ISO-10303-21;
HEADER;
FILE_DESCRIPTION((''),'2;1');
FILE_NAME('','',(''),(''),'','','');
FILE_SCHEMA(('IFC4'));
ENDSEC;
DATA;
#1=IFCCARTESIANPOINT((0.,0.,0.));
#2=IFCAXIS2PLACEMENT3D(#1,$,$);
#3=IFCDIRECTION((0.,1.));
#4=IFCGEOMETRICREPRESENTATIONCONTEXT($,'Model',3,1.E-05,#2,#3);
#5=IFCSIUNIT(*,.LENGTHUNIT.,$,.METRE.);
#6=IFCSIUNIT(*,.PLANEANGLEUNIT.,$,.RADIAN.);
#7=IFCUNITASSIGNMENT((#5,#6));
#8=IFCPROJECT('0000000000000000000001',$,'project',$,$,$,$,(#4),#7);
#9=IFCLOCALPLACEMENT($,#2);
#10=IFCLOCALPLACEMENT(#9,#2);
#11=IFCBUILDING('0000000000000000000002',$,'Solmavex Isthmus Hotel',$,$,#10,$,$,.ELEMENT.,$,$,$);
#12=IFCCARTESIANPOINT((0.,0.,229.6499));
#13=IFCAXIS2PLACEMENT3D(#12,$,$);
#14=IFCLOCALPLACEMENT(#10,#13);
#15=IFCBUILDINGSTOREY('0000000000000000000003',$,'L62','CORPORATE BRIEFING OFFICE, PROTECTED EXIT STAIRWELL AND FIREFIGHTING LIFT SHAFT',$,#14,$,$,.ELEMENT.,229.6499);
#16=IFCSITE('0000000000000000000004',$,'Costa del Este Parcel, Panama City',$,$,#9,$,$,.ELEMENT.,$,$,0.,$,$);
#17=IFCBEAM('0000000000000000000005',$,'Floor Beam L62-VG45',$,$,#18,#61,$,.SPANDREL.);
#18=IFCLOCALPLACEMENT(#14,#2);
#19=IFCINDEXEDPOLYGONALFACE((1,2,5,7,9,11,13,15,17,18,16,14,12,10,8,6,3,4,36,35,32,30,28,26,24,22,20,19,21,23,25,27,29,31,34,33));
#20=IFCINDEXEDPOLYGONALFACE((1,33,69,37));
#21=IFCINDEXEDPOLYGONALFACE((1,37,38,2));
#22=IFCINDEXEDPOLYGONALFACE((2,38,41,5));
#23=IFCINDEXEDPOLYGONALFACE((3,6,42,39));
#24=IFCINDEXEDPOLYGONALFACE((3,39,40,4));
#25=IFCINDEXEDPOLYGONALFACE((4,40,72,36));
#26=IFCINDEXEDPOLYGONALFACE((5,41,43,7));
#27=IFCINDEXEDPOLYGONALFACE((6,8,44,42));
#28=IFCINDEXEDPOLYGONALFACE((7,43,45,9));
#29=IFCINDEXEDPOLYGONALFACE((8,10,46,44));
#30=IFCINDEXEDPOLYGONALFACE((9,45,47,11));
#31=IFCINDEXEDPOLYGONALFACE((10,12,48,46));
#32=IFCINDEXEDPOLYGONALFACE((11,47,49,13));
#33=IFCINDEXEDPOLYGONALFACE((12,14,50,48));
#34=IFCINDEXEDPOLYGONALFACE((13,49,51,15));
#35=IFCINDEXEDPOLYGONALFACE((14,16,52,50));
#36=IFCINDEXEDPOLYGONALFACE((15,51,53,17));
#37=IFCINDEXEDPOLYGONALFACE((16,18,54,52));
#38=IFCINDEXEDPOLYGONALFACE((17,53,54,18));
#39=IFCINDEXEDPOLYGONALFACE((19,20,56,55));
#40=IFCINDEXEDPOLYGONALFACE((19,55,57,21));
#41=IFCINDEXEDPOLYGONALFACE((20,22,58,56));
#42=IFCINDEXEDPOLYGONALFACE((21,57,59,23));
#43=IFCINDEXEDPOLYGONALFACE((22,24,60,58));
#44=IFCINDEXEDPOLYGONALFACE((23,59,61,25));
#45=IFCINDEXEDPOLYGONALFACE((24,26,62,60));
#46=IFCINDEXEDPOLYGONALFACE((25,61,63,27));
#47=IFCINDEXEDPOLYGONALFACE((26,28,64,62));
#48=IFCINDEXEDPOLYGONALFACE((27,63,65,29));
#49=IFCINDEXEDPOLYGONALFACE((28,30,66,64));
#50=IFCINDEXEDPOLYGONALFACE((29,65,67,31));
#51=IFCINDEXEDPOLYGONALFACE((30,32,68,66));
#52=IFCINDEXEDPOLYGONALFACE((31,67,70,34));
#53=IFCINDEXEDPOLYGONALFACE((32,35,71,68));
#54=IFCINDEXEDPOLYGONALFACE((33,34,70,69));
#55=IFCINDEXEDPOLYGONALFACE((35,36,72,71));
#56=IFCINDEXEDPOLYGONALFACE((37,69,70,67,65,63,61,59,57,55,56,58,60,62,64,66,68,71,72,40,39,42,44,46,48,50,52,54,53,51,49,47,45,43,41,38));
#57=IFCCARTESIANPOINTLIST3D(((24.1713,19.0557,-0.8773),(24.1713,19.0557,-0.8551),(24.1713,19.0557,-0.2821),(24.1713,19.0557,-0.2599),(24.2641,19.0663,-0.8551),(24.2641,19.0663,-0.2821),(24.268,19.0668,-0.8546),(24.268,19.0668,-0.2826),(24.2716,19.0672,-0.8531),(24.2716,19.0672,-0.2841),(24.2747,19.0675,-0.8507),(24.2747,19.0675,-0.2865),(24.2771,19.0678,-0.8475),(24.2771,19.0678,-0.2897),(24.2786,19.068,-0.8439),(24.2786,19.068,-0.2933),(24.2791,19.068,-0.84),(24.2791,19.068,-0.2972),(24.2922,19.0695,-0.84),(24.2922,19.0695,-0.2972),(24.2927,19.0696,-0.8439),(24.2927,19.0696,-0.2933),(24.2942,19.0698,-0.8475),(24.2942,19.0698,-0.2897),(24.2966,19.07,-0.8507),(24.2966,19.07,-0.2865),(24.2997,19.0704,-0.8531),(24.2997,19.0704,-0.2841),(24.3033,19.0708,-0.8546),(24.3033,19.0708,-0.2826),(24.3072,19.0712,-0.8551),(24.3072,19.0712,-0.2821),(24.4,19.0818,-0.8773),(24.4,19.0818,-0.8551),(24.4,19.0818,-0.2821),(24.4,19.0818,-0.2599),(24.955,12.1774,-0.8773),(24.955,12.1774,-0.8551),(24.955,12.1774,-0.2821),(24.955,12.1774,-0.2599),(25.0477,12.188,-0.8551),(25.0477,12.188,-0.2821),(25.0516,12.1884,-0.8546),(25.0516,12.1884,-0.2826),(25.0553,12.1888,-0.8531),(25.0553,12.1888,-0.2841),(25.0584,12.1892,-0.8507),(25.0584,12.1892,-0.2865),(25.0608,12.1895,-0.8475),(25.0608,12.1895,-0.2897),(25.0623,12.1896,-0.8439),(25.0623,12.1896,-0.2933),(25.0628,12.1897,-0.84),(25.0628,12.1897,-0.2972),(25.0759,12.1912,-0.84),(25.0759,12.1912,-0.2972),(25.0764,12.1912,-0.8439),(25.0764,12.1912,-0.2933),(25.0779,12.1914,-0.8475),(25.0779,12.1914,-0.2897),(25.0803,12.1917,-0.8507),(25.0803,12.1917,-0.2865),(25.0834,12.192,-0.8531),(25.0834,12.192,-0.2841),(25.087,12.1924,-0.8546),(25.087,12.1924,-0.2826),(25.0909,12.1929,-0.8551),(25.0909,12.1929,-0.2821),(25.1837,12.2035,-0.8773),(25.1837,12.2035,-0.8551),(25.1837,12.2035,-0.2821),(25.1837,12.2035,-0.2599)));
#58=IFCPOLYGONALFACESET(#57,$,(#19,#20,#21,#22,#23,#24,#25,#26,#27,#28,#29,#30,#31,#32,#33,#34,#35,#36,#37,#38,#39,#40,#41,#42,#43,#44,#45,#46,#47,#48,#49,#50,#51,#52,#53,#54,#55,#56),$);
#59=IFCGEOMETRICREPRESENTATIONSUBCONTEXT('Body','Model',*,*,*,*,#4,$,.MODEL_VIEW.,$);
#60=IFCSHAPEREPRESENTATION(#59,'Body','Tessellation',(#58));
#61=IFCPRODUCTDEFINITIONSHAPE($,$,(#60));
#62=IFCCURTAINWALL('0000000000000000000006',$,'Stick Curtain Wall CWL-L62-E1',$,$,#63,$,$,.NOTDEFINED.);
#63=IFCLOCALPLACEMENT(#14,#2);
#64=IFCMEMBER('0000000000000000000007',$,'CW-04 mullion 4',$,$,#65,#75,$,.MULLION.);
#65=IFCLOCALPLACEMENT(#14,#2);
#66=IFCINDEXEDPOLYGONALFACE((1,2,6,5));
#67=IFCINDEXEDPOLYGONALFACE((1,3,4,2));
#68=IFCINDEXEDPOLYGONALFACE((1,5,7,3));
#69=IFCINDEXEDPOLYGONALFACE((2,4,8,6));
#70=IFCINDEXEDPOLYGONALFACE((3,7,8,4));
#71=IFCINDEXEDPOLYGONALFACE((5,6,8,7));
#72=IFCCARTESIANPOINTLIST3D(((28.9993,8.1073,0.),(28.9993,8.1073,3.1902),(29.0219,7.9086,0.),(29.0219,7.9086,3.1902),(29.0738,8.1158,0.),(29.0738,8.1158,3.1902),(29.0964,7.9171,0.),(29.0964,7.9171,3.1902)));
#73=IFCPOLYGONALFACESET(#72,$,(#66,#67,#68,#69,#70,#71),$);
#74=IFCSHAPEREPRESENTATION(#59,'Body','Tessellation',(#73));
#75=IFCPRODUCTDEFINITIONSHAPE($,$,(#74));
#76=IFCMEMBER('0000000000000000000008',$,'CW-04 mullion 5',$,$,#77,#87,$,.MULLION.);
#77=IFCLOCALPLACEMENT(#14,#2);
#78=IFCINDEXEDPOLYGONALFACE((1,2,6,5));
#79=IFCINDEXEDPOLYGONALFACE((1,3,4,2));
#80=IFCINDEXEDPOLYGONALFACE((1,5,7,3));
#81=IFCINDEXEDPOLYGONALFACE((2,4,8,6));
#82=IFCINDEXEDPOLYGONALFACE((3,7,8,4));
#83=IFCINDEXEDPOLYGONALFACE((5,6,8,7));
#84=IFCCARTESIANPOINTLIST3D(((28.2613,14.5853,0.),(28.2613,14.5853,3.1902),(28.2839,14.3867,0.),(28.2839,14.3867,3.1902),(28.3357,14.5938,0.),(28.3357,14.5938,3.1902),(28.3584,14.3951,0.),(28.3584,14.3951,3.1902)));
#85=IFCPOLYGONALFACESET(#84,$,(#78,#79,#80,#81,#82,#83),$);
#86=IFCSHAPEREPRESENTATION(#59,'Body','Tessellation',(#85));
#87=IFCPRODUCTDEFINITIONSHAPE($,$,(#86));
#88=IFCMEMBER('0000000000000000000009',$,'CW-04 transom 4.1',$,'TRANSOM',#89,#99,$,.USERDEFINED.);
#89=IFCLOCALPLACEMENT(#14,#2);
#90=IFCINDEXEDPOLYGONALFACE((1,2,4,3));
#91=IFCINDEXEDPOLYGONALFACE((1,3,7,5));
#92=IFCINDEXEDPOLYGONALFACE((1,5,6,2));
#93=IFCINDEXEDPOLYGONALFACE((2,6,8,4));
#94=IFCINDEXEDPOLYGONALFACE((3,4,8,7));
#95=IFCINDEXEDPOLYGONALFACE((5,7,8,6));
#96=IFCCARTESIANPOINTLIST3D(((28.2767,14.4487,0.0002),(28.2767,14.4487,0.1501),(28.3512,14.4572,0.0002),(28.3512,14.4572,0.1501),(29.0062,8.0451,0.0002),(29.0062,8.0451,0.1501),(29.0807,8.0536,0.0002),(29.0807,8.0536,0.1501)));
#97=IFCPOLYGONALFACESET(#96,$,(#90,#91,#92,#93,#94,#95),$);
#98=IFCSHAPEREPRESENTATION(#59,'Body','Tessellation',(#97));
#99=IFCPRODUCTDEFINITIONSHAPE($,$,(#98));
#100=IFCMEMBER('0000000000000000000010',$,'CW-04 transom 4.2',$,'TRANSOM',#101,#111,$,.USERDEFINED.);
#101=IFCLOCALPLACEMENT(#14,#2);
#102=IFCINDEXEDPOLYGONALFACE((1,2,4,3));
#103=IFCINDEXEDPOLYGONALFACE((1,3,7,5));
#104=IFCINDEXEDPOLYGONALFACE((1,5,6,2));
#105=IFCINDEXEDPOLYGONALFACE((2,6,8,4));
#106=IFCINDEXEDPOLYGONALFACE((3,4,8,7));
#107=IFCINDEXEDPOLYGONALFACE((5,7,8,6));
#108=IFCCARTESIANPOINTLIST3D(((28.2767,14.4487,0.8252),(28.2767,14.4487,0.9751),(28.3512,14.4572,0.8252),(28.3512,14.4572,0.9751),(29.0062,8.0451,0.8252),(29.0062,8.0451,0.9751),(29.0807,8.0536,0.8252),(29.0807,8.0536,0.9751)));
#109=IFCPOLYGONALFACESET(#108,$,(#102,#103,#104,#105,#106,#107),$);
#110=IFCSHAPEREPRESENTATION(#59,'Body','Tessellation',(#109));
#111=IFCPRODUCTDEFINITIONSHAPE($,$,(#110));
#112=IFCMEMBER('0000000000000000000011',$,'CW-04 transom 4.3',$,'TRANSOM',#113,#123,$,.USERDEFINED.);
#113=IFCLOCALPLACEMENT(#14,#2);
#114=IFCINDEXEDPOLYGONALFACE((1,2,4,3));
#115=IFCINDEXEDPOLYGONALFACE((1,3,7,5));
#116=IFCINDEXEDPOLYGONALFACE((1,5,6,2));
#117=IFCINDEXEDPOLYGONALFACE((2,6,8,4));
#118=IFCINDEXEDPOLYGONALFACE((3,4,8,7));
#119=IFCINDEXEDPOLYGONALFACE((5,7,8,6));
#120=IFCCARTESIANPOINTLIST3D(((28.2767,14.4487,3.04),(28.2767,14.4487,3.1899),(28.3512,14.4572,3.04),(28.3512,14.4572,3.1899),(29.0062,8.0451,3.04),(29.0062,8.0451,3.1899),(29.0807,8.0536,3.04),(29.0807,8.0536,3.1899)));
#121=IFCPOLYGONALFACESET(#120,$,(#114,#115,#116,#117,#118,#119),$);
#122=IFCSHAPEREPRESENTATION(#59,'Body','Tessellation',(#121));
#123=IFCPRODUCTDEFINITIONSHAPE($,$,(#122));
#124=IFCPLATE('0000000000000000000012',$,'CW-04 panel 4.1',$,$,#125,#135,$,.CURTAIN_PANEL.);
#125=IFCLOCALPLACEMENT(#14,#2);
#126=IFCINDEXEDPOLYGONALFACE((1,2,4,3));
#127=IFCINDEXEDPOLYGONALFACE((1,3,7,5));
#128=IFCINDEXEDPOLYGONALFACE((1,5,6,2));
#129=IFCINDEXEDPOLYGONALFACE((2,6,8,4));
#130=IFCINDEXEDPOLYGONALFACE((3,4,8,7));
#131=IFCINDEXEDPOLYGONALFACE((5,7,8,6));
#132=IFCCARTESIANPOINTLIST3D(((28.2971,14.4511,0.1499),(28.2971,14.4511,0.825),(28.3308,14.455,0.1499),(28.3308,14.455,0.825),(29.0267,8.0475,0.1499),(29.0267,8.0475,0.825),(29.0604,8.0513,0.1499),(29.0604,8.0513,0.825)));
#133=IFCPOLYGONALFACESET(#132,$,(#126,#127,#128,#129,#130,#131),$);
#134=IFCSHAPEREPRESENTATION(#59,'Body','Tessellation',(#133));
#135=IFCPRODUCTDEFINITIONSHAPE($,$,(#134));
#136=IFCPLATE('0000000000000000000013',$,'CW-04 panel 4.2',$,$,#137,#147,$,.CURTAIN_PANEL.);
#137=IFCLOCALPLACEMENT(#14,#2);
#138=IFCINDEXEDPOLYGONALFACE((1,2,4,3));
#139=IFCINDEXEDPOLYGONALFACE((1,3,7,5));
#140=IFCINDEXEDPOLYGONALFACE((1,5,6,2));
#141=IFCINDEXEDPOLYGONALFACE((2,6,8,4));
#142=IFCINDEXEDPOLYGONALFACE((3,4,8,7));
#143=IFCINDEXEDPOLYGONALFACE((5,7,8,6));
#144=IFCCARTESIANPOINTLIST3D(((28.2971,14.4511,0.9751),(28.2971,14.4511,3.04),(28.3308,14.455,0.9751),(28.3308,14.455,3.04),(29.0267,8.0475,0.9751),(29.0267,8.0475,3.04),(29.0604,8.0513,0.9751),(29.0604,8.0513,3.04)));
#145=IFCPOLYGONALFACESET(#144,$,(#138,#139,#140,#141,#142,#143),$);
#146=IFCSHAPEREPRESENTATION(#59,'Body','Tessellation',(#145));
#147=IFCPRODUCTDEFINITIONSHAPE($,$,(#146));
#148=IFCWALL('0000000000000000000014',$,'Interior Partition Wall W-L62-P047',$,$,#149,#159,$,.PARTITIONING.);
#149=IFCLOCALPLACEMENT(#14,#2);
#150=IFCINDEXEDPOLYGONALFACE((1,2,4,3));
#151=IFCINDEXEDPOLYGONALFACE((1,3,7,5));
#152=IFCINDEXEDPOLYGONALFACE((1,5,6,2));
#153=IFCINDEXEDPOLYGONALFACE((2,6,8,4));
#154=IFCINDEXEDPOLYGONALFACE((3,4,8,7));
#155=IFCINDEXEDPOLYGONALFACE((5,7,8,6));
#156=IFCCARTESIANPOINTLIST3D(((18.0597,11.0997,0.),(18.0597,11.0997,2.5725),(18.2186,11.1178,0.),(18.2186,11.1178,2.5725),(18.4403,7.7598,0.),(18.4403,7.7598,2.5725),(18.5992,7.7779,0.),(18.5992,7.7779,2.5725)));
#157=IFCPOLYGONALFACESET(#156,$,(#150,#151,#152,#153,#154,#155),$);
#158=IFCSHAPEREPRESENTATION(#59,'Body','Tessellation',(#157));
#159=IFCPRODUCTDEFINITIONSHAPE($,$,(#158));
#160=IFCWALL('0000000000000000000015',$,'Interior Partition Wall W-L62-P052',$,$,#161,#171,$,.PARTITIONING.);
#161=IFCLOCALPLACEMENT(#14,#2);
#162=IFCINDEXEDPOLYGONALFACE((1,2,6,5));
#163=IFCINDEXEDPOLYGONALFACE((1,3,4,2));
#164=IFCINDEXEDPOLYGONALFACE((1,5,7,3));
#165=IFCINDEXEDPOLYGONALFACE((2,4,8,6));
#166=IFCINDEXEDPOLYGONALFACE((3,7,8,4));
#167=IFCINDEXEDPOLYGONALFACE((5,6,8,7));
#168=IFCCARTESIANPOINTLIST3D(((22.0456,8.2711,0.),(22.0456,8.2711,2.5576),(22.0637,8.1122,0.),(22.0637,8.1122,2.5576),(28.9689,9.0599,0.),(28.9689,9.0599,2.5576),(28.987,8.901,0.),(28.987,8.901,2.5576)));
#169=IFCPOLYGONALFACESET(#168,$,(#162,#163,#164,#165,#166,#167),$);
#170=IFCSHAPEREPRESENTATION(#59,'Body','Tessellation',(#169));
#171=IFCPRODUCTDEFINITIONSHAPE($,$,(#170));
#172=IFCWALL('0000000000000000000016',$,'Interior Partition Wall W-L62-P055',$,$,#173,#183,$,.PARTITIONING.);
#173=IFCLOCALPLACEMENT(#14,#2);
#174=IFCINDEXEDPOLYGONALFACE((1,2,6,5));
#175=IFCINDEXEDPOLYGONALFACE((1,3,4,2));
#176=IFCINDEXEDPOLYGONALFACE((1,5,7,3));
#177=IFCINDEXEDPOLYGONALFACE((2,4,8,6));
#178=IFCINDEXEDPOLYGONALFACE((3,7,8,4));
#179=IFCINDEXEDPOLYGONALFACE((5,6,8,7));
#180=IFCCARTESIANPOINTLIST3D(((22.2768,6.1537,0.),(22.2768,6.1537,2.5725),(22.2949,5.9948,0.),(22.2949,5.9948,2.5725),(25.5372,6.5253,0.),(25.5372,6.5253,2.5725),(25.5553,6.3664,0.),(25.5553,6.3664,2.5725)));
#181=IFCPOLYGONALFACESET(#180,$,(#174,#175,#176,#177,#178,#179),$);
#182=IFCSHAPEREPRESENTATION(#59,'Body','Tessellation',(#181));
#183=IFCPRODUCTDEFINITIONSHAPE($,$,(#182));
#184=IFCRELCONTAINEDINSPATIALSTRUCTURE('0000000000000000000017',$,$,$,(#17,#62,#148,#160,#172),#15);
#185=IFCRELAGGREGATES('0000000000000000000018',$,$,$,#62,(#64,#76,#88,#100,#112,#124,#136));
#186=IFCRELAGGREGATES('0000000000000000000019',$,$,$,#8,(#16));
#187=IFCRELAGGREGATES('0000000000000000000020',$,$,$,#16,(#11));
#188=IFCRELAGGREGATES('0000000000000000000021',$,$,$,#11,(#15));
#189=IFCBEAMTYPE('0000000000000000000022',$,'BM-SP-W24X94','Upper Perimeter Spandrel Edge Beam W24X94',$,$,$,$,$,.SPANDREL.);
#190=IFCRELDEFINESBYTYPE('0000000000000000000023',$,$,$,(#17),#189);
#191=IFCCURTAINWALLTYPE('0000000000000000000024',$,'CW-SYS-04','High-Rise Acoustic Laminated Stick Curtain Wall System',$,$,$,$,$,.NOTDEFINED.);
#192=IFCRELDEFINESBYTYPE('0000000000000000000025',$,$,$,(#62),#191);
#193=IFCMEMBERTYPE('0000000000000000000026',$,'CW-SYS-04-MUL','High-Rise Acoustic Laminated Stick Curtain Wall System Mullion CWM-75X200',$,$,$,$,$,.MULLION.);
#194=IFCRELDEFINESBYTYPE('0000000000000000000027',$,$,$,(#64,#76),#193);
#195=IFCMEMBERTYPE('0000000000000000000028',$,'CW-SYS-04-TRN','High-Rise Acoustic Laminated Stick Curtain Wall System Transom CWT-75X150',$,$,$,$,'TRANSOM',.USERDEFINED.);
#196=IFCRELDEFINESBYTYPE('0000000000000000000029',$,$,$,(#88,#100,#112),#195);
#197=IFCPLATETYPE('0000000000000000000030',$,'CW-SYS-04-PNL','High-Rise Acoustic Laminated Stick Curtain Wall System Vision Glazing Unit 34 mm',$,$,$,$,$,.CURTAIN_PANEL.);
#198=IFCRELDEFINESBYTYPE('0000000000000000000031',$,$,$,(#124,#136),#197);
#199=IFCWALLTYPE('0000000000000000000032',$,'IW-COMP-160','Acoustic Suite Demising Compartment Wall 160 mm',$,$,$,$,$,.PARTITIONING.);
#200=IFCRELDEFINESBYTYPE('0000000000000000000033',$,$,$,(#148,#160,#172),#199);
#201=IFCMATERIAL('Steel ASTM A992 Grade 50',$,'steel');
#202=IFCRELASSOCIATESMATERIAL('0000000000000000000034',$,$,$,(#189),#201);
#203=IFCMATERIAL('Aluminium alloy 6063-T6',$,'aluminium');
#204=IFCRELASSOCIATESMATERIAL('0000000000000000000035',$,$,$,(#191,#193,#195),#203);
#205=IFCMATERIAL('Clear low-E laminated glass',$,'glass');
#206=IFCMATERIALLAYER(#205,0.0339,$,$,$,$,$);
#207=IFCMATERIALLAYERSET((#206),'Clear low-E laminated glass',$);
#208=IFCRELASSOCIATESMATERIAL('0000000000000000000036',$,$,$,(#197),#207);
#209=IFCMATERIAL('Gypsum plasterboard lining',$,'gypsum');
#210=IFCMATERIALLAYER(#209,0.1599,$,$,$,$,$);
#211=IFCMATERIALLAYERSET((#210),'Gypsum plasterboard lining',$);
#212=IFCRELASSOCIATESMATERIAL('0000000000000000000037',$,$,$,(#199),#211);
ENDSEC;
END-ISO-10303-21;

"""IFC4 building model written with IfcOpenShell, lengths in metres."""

from ifc_helpers import new_model, si_unit, direction, frame, frame_2d, origin, origin_2d, place, context, subcontext, project, spatial, rectangle, i_section, extrude, material, layer, layer_set, material_profile, profile_set, type_object, element, aggregate, save


model = new_model("IFC4")

# Units and contexts
model_context = context("Model", 3, precision=1e-05, world=origin(), true_north=direction((0.0, 1.0)))
body_context = subcontext(model_context, "Body", "Model", "MODEL_VIEW")
ifc_project = project(units=[si_unit("LENGTHUNIT", "METRE"), si_unit("PLANEANGLEUNIT", "RADIAN")], contexts=[model_context])

# Site, building, storey
site_placement = place(None, origin())
site = spatial("IfcSite", under=ifc_project, at=site_placement, Name="Costa del Este Parcel, Panama City", CompositionType="ELEMENT", RefElevation=0.0)
building_placement = place(site_placement, origin())
building = spatial("IfcBuilding", under=site, at=building_placement, Name="Solmavex Isthmus Hotel", CompositionType="ELEMENT")
storey_placement = place(building_placement, frame((0.0, 0.0, 229.6499)))
storey = spatial("IfcBuildingStorey", under=building, at=storey_placement, Name="L62", Description="CORPORATE BRIEFING OFFICE, PROTECTED EXIT STAIRWELL AND FIREFIGHTING LIFT SHAFT", CompositionType="ELEMENT", Elevation=229.6499)

# Beam
ifc_material_1 = material(Name="Steel ASTM A992 Grade 50", Category="steel")
ifc_material_profile_1 = material_profile(ifc_material_1, i_section(OverallWidth=0.2302, OverallDepth=0.6174, WebThickness=0.0132, FlangeThickness=0.0222, FilletRadius=0.0151, at=origin_2d()), Name="W24X94")
ifc_profile_set_1 = profile_set([ifc_material_profile_1], Name="Steel ASTM A992 Grade 50")
beam_type_1 = type_object("IfcBeamType", Name="BM-SP-W24X94", Description="Upper Perimeter Spandrel Edge Beam W24X94", PredefinedType="SPANDREL", material=ifc_profile_set_1)
beam_1_placement = place(storey_placement, frame((25.0693, 12.1904, -0.5686), z_axis=(-0.113202, 0.993572, 0.0), x_axis=(-0.993572, -0.113202, 0.0)))
element("IfcBeam", 1, at=beam_1_placement, inside=storey, type_object=beam_type_1, Name="Floor Beam L62-VG45", PredefinedType="SPANDREL", context=body_context, shape_type="SweptSolid", body=[
    extrude(i_section(OverallWidth=0.2302, OverallDepth=0.6174, WebThickness=0.0132, FlangeThickness=0.0222, FilletRadius=0.0151, at=origin_2d()), origin(), (0.0, 0.0, 1.0), 6.9229),
])

# Curtain wall, members, plates
ifc_material_2 = material(Name="Aluminium alloy 6063-T6", Category="aluminium")
curtain_wall_type = type_object("IfcCurtainWallType", Name="CW-SYS-04", Description="High-Rise Acoustic Laminated Stick Curtain Wall System", PredefinedType="NOTDEFINED", material=ifc_material_2)
curtain_wall_placement = place(storey_placement, origin())
curtain_wall = element("IfcCurtainWall", 2, at=curtain_wall_placement, inside=storey, type_object=curtain_wall_type, Name="Stick Curtain Wall CWL-L62-E1", PredefinedType="NOTDEFINED")
ifc_material_profile_2 = material_profile(ifc_material_2, rectangle(XDim=0.075, YDim=0.2, at=origin_2d()), Name="CWM-75X200")
ifc_profile_set_2 = profile_set([ifc_material_profile_2], Name="Aluminium alloy 6063-T6")
member_type_1 = type_object("IfcMemberType", Name="CW-SYS-04-MUL", Description="High-Rise Acoustic Laminated Stick Curtain Wall System Mullion CWM-75X200", PredefinedType="MULLION", material=ifc_profile_set_2)
member_1_placement = place(storey_placement, frame((29.0479, 8.0122, 0.0), z_axis=(0.0, 0.0, 1.0), x_axis=(-0.993572, -0.113203, 0.0)))
member_1 = element("IfcMember", 3, at=member_1_placement, type_object=member_type_1, Name="CW-04 mullion 4", PredefinedType="MULLION", context=body_context, shape_type="SweptSolid", body=[
    extrude(rectangle(XDim=0.075, YDim=0.2, at=origin_2d()), origin(), (0.0, 0.0, 1.0), 3.1902),
])
member_2_placement = place(storey_placement, frame((28.3098, 14.4902, 0.0), z_axis=(0.0, 0.0, 1.0), x_axis=(-0.993572, -0.113203, 0.0)))
member_2 = element("IfcMember", 4, at=member_2_placement, type_object=member_type_1, Name="CW-04 mullion 5", PredefinedType="MULLION", context=body_context, shape_type="SweptSolid", body=[
    extrude(rectangle(XDim=0.075, YDim=0.2, at=origin_2d()), origin(), (0.0, 0.0, 1.0), 3.1902),
])
ifc_material_profile_3 = material_profile(ifc_material_2, rectangle(XDim=0.075, YDim=0.1499, at=origin_2d()), Name="CWT-75X150")
ifc_profile_set_3 = profile_set([ifc_material_profile_3], Name="Aluminium alloy 6063-T6")
member_type_2 = type_object("IfcMemberType", Name="CW-SYS-04-TRN", Description="High-Rise Acoustic Laminated Stick Curtain Wall System Transom CWT-75X150", ElementType="TRANSOM", PredefinedType="USERDEFINED", material=ifc_profile_set_3)
member_3_placement = place(storey_placement, frame((29.0435, 8.0493, 0.0752), z_axis=(-0.113188, 0.993574, 0.0), x_axis=(-0.993574, -0.113188, 0.0)))
member_3 = element("IfcMember", 5, at=member_3_placement, type_object=member_type_2, Name="CW-04 transom 4.1", ObjectType="TRANSOM", PredefinedType="USERDEFINED", context=body_context, shape_type="SweptSolid", body=[
    extrude(rectangle(XDim=0.075, YDim=0.1499, at=origin_2d()), origin(), (0.0, 0.0, 1.0), 6.4451),
])
member_4_placement = place(storey_placement, frame((29.0435, 8.0493, 0.9001), z_axis=(-0.113188, 0.993574, 0.0), x_axis=(-0.993574, -0.113188, 0.0)))
member_4 = element("IfcMember", 6, at=member_4_placement, type_object=member_type_2, Name="CW-04 transom 4.2", ObjectType="TRANSOM", PredefinedType="USERDEFINED", context=body_context, shape_type="SweptSolid", body=[
    extrude(rectangle(XDim=0.075, YDim=0.1499, at=origin_2d()), origin(), (0.0, 0.0, 1.0), 6.4451),
])
member_5_placement = place(storey_placement, frame((29.0435, 8.0493, 3.115), z_axis=(-0.113188, 0.993574, 0.0), x_axis=(-0.993574, -0.113188, 0.0)))
member_5 = element("IfcMember", 7, at=member_5_placement, type_object=member_type_2, Name="CW-04 transom 4.3", ObjectType="TRANSOM", PredefinedType="USERDEFINED", context=body_context, shape_type="SweptSolid", body=[
    extrude(rectangle(XDim=0.075, YDim=0.1499, at=origin_2d()), origin(), (0.0, 0.0, 1.0), 6.4451),
])
ifc_material_3 = material(Name="Clear low-E laminated glass", Category="glass")
ifc_layer_1 = layer(ifc_material_3, 0.0339)
ifc_layer_set_1 = layer_set([ifc_layer_1], Name="Clear low-E laminated glass")
plate_type = type_object("IfcPlateType", Name="CW-SYS-04-PNL", Description="High-Rise Acoustic Laminated Stick Curtain Wall System Vision Glazing Unit 34 mm", PredefinedType="CURTAIN_PANEL", material=ifc_layer_set_1)
plate_1_placement = place(storey_placement, frame((28.6787, 11.2512, 0.1499), z_axis=(0.0, 0.0, 1.0), x_axis=(-0.113203, 0.993572, 0.0)))
plate_1 = element("IfcPlate", 8, at=plate_1_placement, type_object=plate_type, Name="CW-04 panel 4.1", PredefinedType="CURTAIN_PANEL", context=body_context, shape_type="SweptSolid", body=[
    extrude(rectangle(XDim=6.4451, YDim=0.0339, at=origin_2d()), origin(), (0.0, 0.0, 1.0), 0.675),
])
plate_2_placement = place(storey_placement, frame((28.6787, 11.2512, 0.9751), z_axis=(0.0, 0.0, 1.0), x_axis=(-0.113203, 0.993572, 0.0)))
plate_2 = element("IfcPlate", 9, at=plate_2_placement, type_object=plate_type, Name="CW-04 panel 4.2", PredefinedType="CURTAIN_PANEL", context=body_context, shape_type="SweptSolid", body=[
    extrude(rectangle(XDim=6.4451, YDim=0.0339, at=origin_2d()), origin(), (0.0, 0.0, 1.0), 2.0649),
])
aggregate(curtain_wall, [member_1, member_2, member_3, member_4, member_5, plate_1, plate_2])

# Walls
ifc_material_4 = material(Name="Gypsum plasterboard lining", Category="gypsum")
ifc_layer_2 = layer(ifc_material_4, 0.1599)
ifc_layer_set_2 = layer_set([ifc_layer_2], Name="Gypsum plasterboard lining")
wall_type_1 = type_object("IfcWallType", Name="IW-COMP-160", Description="Acoustic Suite Demising Compartment Wall 160 mm", PredefinedType="PARTITIONING", material=ifc_layer_set_2)
wall_1_placement = place(storey_placement, frame((18.1392, 11.1086, 0.0), z_axis=(0.0, 0.0, 1.0), x_axis=(0.113229, -0.993569, 0.0)))
element("IfcWall", 10, at=wall_1_placement, inside=storey, type_object=wall_type_1, Name="Interior Partition Wall W-L62-P047", PredefinedType="PARTITIONING", context=body_context, shape_type="SweptSolid", body=[
    extrude(rectangle(XDim=3.3616, YDim=0.1599, at=frame_2d((1.6807, 0.0))), origin(), (0.0, 0.0, 1.0), 2.5725),
])
wall_2_placement = place(storey_placement, frame((28.9778, 8.9805, 0.0), z_axis=(0.0, 0.0, 1.0), x_axis=(-0.993572, -0.113204, 0.0)))
element("IfcWall", 11, at=wall_2_placement, inside=storey, type_object=wall_type_1, Name="Interior Partition Wall W-L62-P052", PredefinedType="PARTITIONING", context=body_context, shape_type="SweptSolid", body=[
    extrude(rectangle(XDim=6.968, YDim=0.1599, at=frame_2d((3.4839, 0.0))), origin(), (0.0, 0.0, 1.0), 2.5576),
])
wall_3_placement = place(storey_placement, frame((25.5461, 6.4458, 0.0), z_axis=(0.0, 0.0, 1.0), x_axis=(-0.993569, -0.113232, 0.0)))
element("IfcWall", 12, at=wall_3_placement, inside=storey, type_object=wall_type_1, Name="Interior Partition Wall W-L62-P055", PredefinedType="PARTITIONING", context=body_context, shape_type="SweptSolid", body=[
    extrude(rectangle(XDim=3.2815, YDim=0.1599, at=frame_2d((1.6406, 0.0))), origin(), (0.0, 0.0, 1.0), 2.5725),
])

save(model, "model.ifc")
